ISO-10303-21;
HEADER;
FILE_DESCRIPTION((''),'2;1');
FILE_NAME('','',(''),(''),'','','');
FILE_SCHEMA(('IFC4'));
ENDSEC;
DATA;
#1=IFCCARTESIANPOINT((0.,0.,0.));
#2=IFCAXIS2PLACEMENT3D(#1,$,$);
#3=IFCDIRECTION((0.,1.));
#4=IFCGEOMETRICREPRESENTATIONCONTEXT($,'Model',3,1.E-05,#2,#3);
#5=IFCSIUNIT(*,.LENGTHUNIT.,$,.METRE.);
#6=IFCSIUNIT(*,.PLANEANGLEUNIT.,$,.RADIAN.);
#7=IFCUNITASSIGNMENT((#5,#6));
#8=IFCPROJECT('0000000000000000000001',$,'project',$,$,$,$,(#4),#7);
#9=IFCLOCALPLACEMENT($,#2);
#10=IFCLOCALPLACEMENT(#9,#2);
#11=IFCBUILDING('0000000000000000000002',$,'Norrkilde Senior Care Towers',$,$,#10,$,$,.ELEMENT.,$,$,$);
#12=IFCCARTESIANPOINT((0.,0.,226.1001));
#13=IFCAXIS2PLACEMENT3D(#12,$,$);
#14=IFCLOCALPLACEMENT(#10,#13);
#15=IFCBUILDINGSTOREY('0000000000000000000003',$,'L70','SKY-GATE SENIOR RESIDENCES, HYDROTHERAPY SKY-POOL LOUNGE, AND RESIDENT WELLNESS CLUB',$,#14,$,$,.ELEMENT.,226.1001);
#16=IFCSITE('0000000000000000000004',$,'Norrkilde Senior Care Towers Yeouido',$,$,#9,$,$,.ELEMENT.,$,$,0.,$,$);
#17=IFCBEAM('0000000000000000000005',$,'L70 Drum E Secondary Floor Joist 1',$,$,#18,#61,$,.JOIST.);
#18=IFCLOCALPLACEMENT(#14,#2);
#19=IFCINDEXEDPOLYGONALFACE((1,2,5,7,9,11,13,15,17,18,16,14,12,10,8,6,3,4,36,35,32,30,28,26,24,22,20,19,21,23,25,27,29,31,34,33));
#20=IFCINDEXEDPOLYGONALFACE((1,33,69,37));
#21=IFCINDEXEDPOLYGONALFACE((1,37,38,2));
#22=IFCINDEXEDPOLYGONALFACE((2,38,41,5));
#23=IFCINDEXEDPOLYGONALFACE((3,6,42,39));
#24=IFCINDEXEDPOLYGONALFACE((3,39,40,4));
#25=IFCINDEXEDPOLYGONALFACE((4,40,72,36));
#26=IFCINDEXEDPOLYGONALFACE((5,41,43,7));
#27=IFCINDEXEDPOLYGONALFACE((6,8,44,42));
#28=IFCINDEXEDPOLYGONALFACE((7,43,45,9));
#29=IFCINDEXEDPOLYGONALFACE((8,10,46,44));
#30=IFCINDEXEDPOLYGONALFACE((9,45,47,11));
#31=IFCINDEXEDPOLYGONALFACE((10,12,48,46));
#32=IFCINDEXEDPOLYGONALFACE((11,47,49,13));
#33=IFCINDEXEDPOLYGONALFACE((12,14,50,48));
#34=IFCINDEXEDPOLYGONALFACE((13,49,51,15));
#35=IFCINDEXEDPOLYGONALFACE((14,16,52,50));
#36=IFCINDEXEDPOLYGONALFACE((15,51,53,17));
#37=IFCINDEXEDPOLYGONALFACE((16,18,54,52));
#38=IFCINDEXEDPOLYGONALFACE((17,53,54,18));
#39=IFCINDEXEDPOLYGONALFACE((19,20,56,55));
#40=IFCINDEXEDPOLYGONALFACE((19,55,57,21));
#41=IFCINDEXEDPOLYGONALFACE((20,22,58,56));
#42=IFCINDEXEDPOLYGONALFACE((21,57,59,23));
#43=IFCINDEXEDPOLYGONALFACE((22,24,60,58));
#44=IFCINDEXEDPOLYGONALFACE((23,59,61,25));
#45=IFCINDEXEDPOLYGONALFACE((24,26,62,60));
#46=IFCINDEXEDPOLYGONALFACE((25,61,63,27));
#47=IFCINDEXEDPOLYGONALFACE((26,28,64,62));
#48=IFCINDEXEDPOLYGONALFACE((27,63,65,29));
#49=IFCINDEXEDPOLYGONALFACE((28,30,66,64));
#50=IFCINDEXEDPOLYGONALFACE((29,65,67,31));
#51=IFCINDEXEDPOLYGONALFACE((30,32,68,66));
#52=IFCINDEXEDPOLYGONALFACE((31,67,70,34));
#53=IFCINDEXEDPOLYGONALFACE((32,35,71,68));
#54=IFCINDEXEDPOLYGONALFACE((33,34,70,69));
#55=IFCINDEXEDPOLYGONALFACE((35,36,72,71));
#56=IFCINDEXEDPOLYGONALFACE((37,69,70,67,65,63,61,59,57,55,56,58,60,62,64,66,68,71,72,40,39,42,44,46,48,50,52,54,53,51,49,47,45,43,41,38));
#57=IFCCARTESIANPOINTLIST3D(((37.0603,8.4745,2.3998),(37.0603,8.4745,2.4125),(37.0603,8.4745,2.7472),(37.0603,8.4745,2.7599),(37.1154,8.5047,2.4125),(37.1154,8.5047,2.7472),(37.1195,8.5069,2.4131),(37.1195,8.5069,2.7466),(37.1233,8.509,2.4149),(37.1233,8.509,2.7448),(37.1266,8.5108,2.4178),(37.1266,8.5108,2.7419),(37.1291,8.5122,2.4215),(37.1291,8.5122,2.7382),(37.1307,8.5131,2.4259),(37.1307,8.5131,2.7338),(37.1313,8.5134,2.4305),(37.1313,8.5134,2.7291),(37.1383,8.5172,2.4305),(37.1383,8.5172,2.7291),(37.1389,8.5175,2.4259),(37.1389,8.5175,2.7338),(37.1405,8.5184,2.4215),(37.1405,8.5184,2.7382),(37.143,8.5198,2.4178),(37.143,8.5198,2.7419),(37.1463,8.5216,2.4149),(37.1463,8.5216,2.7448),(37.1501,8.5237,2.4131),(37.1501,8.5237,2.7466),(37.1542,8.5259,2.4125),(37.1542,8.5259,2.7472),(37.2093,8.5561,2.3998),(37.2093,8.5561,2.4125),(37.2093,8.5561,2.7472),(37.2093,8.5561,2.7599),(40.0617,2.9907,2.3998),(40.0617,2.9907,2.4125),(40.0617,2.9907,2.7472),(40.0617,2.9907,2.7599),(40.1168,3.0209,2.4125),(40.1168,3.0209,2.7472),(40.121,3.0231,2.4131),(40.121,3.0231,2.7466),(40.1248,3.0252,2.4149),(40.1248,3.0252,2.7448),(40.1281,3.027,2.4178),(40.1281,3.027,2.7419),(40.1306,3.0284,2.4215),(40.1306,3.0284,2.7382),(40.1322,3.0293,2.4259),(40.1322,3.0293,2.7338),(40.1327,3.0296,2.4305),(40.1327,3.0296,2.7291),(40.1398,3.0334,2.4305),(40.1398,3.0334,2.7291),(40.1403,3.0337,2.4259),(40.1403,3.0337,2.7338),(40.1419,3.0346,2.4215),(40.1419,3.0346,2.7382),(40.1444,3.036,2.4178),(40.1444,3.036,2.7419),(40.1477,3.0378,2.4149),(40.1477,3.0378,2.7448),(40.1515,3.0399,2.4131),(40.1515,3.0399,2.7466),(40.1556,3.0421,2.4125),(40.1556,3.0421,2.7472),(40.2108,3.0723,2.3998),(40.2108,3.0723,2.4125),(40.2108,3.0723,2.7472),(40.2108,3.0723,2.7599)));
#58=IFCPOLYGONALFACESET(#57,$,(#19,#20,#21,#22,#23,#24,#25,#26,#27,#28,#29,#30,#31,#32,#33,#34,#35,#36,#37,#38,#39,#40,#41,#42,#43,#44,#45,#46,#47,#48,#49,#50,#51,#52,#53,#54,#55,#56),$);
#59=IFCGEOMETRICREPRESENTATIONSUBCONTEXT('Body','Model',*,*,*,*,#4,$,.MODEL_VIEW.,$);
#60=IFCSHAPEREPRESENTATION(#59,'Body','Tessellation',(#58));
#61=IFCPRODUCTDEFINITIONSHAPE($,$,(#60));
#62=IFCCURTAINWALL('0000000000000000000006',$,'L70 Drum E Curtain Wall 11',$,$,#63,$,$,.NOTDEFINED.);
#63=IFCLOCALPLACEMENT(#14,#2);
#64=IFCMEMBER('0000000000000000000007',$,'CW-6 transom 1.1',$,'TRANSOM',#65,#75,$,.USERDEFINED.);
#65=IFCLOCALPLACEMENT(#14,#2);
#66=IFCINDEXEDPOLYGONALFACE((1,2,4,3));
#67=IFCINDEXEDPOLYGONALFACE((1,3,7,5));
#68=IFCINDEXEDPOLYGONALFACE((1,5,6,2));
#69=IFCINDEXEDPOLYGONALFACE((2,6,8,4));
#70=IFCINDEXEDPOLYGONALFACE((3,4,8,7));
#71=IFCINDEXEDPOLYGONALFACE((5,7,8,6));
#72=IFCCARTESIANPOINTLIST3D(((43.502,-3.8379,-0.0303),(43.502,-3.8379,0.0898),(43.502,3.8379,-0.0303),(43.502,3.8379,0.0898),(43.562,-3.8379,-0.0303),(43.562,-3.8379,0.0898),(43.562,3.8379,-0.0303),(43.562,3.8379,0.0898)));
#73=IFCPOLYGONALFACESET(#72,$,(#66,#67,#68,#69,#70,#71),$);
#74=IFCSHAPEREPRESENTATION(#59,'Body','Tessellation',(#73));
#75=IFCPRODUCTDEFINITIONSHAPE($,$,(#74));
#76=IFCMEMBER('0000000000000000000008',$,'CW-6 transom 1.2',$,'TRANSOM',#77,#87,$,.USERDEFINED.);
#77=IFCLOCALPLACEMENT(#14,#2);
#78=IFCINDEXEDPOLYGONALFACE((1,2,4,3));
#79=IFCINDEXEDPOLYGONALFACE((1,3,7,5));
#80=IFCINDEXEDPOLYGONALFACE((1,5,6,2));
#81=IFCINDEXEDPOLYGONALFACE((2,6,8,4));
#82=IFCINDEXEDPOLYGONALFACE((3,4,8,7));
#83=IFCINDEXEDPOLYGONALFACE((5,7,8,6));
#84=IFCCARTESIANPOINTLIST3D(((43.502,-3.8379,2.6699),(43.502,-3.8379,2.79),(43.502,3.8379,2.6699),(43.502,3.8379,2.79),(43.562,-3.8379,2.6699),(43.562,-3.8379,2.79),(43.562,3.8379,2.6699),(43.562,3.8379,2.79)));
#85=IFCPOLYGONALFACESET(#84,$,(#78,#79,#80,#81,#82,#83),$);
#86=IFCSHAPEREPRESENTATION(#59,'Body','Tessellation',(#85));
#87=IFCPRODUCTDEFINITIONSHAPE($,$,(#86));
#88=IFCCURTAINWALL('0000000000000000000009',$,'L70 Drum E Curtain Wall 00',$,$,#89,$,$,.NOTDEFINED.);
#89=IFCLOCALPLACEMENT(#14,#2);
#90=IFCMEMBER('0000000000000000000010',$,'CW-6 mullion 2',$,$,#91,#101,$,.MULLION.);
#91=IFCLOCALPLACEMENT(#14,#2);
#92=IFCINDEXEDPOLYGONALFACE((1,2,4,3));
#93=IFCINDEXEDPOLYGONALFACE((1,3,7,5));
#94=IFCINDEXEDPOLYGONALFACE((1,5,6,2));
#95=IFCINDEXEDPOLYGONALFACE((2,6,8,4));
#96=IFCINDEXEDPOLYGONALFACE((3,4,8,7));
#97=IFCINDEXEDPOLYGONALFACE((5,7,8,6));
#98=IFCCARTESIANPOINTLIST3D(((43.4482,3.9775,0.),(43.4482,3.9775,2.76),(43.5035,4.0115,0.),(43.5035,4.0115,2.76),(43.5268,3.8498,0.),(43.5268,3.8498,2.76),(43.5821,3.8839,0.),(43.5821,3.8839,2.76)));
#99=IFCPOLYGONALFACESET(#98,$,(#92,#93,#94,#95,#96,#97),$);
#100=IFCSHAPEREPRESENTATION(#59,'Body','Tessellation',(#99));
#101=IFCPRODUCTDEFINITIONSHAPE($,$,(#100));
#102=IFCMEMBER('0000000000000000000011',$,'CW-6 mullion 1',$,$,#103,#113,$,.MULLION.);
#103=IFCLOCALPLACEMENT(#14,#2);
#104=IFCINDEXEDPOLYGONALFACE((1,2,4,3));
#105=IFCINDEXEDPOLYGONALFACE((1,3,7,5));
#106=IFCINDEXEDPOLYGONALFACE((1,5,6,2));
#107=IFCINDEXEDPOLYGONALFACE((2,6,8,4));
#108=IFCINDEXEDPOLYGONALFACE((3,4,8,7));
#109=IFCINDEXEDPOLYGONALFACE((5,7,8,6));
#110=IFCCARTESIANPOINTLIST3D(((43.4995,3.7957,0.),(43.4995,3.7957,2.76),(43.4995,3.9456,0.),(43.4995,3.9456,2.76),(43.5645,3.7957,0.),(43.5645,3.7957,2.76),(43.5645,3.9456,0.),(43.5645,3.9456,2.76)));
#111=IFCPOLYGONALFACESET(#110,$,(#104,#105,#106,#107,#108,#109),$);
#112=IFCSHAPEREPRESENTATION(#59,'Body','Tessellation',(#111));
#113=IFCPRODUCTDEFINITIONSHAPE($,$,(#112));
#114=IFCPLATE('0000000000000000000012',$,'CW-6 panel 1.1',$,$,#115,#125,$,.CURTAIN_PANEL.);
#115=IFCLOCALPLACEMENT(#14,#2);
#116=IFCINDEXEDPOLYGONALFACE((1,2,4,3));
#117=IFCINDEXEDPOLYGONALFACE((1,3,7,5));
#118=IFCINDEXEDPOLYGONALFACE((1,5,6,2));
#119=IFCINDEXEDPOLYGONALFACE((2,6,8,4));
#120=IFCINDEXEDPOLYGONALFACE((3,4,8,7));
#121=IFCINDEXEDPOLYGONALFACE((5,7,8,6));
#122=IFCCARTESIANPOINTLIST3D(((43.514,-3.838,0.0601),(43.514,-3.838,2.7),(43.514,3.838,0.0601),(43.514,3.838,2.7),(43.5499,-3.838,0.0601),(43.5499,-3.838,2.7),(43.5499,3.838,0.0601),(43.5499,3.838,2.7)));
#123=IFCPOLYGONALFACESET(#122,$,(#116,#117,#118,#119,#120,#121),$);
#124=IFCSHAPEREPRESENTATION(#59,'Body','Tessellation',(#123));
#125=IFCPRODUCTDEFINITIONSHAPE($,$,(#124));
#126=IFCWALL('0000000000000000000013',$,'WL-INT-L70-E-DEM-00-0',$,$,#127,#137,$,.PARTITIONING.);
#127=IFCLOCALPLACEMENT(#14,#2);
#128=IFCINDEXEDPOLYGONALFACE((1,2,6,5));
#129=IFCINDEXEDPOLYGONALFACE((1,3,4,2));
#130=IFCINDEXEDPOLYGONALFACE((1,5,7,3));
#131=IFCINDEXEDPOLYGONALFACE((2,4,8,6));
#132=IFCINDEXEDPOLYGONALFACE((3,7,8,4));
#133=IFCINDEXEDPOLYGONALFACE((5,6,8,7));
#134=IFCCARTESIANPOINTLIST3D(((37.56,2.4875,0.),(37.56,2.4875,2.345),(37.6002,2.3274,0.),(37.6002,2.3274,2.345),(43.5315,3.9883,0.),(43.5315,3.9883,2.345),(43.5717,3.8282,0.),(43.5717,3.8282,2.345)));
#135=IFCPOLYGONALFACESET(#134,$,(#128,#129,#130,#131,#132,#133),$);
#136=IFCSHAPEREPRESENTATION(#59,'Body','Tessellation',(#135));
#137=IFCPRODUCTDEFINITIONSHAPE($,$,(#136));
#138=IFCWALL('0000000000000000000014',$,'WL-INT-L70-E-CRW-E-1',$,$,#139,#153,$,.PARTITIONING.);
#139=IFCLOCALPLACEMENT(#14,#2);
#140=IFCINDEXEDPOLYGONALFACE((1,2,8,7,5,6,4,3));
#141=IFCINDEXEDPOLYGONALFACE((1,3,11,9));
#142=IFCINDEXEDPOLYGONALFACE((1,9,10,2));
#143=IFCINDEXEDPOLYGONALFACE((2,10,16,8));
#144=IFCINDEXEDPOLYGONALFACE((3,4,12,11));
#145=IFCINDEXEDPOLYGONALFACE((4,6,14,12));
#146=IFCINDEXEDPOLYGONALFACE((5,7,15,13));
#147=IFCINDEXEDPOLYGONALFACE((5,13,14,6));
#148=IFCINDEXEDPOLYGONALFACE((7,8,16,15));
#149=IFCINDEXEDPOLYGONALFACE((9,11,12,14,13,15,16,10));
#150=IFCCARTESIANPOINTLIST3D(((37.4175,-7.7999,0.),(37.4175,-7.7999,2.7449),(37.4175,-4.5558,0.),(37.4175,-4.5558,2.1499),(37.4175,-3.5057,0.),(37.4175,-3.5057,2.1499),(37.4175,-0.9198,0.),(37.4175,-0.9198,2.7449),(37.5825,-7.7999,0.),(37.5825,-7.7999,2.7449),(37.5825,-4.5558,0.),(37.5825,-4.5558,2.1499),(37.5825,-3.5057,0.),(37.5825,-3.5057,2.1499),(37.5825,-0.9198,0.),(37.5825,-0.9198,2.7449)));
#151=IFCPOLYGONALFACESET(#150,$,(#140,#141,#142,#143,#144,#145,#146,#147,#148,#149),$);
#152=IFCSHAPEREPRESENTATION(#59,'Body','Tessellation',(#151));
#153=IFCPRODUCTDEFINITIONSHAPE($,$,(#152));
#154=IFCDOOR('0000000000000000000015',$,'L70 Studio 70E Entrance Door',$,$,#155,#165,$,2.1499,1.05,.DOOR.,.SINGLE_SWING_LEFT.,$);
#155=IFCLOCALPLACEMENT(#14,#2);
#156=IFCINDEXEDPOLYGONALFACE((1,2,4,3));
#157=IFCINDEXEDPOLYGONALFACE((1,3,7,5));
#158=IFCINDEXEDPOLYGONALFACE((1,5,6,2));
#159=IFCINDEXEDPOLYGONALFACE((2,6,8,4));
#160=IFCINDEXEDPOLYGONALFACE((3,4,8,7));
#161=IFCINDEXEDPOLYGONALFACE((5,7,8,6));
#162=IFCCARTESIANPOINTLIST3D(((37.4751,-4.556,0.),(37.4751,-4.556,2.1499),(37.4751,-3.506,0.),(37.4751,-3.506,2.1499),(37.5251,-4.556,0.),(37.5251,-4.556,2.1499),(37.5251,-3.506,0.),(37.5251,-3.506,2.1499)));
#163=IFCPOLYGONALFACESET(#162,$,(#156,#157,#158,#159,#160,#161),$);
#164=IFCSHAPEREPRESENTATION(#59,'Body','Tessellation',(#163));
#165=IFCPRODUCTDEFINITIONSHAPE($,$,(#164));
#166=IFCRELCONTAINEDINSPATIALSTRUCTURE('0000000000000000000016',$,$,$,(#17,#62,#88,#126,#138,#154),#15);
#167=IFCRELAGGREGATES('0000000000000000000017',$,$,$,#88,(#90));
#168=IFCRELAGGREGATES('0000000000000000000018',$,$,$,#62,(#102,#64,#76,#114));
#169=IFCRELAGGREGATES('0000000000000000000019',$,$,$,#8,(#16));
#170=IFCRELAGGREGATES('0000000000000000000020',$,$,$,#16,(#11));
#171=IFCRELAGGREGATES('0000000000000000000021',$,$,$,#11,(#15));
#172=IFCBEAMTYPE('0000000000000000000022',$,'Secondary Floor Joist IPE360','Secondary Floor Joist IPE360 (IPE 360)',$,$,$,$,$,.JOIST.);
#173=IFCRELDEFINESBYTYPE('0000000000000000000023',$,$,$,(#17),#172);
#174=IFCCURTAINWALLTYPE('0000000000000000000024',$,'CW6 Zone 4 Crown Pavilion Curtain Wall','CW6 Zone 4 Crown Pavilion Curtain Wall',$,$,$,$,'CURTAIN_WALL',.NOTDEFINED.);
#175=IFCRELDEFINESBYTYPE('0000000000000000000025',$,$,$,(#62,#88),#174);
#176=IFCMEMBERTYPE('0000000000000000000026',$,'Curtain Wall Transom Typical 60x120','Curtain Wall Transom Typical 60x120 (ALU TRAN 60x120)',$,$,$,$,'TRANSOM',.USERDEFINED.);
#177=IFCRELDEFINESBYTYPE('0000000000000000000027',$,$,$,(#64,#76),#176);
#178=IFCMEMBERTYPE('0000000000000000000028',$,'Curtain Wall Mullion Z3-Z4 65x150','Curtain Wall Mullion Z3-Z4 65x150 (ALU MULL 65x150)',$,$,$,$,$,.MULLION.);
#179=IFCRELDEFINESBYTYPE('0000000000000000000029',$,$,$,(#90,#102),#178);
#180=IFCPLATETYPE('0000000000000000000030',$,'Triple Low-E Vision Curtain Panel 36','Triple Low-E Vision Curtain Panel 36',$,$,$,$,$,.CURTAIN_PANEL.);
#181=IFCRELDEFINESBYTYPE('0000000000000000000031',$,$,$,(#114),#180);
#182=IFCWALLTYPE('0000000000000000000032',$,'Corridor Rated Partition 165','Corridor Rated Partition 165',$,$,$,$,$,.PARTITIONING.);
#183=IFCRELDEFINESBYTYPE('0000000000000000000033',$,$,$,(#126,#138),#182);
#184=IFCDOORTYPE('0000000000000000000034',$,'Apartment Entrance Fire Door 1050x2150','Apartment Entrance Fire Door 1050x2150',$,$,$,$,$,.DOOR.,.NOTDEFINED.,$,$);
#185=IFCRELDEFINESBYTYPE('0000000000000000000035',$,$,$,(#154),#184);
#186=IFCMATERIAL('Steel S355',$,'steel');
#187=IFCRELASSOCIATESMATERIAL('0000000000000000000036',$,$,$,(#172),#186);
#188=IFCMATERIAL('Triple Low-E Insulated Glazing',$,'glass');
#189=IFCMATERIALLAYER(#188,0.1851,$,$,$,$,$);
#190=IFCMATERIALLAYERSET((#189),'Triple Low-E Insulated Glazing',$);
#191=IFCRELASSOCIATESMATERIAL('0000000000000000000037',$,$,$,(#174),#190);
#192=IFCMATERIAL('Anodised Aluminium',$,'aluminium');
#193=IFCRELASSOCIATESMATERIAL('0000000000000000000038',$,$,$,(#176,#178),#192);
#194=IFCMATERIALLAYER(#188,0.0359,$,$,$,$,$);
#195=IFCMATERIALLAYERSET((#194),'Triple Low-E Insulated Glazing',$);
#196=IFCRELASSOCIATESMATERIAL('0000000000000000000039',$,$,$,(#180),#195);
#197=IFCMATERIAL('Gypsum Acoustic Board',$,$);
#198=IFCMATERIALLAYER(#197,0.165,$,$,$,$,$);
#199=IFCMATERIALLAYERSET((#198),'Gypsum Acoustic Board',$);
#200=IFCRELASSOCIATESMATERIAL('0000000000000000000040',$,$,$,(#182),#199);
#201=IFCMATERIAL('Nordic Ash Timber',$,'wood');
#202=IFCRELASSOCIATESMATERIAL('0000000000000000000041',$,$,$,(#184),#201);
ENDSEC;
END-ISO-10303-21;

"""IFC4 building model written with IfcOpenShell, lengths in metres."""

from ifc_helpers import new_model, si_unit, direction, frame, frame_2d, origin, origin_2d, place, context, subcontext, project, spatial, rectangle, i_section, extrude, source, transform, mapped, material, layer, layer_set, material_profile, profile_set, type_object, type_shapes, element, fill, aggregate, save


model = new_model("IFC4")

# Units and contexts
model_context = context("Model", 3, precision=1e-05, world=origin(), true_north=direction((0.0, 1.0)))
body_context = subcontext(model_context, "Body", "Model", "MODEL_VIEW")
ifc_project = project(units=[si_unit("LENGTHUNIT", "METRE"), si_unit("PLANEANGLEUNIT", "RADIAN")], contexts=[model_context])

# Site, building, storey
site_placement = place(None, origin())
site = spatial("IfcSite", under=ifc_project, at=site_placement, Name="Norrkilde Senior Care Towers Yeouido", CompositionType="ELEMENT", RefElevation=0.0)
building_placement = place(site_placement, origin())
building = spatial("IfcBuilding", under=site, at=building_placement, Name="Norrkilde Senior Care Towers", CompositionType="ELEMENT")
storey_placement = place(building_placement, frame((0.0, 0.0, 226.1001)))
storey = spatial("IfcBuildingStorey", under=building, at=storey_placement, Name="L70", Description="SKY-GATE SENIOR RESIDENCES, HYDROTHERAPY SKY-POOL LOUNGE, AND RESIDENT WELLNESS CLUB", CompositionType="ELEMENT", Elevation=226.1001)

# Beam
ifc_material_1 = material(Name="Steel S355", Category="steel")
ifc_material_profile_1 = material_profile(ifc_material_1, i_section(OverallWidth=0.1699, OverallDepth=0.3601, WebThickness=0.0081, FlangeThickness=0.0127, FilletRadius=0.0181, at=origin_2d()), Name="IPE 360")
ifc_profile_set_1 = profile_set([ifc_material_profile_1], Name="Steel S355")
beam_type_1 = type_object("IfcBeamType", Name="Secondary Floor Joist IPE360", Description="Secondary Floor Joist IPE360 (IPE 360)", PredefinedType="JOIST", material=ifc_profile_set_1)
shared_shape_1 = source(origin(), body_context, "Body", "SweptSolid", [
    extrude(i_section(OverallWidth=0.1699, OverallDepth=0.3601, WebThickness=0.0081, FlangeThickness=0.0127, FilletRadius=0.0181, at=origin_2d()), origin(), (0.0, 0.0, 1.0), 6.2515),
])
type_shapes(beam_type_1, [shared_shape_1])
beam_1_placement = place(storey_placement, frame((40.1362, 3.0315, 2.5798), z_axis=(-0.480116, 0.877205, 0.0), x_axis=(-0.877205, -0.480116, 0.0)))
element("IfcBeam", 1, at=beam_1_placement, inside=storey, type_object=beam_type_1, Name="L70 Drum E Secondary Floor Joist 1", PredefinedType="JOIST", context=body_context, shape_type="MappedRepresentation", body=[
    mapped(shared_shape_1, transform((0.0, 0.0, 0.0), x_axis=(1.0, 0.0, 0.0), y_axis=(0.0, 1.0, 0.0), z_axis=(0.0, 0.0, 1.0), scale=1.0)),
])

# Curtain wall, members
ifc_material_2 = material(Name="Triple Low-E Insulated Glazing", Category="glass")
ifc_layer_1 = layer(ifc_material_2, 0.1851)
ifc_layer_set_1 = layer_set([ifc_layer_1], Name="Triple Low-E Insulated Glazing")
curtain_wall_type = type_object("IfcCurtainWallType", Name="CW6 Zone 4 Crown Pavilion Curtain Wall", Description="CW6 Zone 4 Crown Pavilion Curtain Wall", ElementType="CURTAIN_WALL", PredefinedType="NOTDEFINED", material=ifc_layer_set_1)
curtain_wall_1_placement = place(storey_placement, origin())
curtain_wall_1 = element("IfcCurtainWall", 2, at=curtain_wall_1_placement, inside=storey, type_object=curtain_wall_type, Name="L70 Drum E Curtain Wall 11", PredefinedType="NOTDEFINED")
ifc_material_3 = material(Name="Anodised Aluminium", Category="aluminium")
ifc_material_profile_2 = material_profile(ifc_material_3, rectangle(XDim=0.0601, YDim=0.1201, at=origin_2d()), Name="ALU TRAN 60x120")
ifc_profile_set_2 = profile_set([ifc_material_profile_2], Name="Anodised Aluminium")
member_type_1 = type_object("IfcMemberType", Name="Curtain Wall Transom Typical 60x120", Description="Curtain Wall Transom Typical 60x120 (ALU TRAN 60x120)", ElementType="TRANSOM", PredefinedType="USERDEFINED", material=ifc_profile_set_2)
shared_shape_2 = source(origin(), body_context, "Body", "SweptSolid", [
    extrude(rectangle(XDim=0.0601, YDim=0.1201, at=origin_2d()), origin(), (0.0, 0.0, 1.0), 7.6758),
])
type_shapes(member_type_1, [shared_shape_2])
member_1_placement = place(storey_placement, frame((43.532, 3.8379, 0.0298), z_axis=(0.0, -1.0, 0.0), x_axis=(1.0, 0.0, 0.0)))
member_1 = element("IfcMember", 3, at=member_1_placement, type_object=member_type_1, Name="CW-6 transom 1.1", ObjectType="TRANSOM", PredefinedType="USERDEFINED", context=body_context, shape_type="MappedRepresentation", body=[
    mapped(shared_shape_2, transform((0.0, 0.0, 0.0), x_axis=(1.0, 0.0, 0.0), y_axis=(0.0, 1.0, 0.0), z_axis=(0.0, 0.0, 1.0), scale=1.0)),
])
member_2_placement = place(storey_placement, frame((43.532, 3.8379, 2.73), z_axis=(0.0, -1.0, 0.0), x_axis=(1.0, 0.0, 0.0)))
member_2 = element("IfcMember", 4, at=member_2_placement, type_object=member_type_1, Name="CW-6 transom 1.2", ObjectType="TRANSOM", PredefinedType="USERDEFINED", context=body_context, shape_type="MappedRepresentation", body=[
    mapped(shared_shape_2, transform((0.0, 0.0, 0.0), x_axis=(1.0, 0.0, 0.0), y_axis=(0.0, 1.0, 0.0), z_axis=(0.0, 0.0, 1.0), scale=1.0)),
])

# Curtain wall, member
curtain_wall_2_placement = place(storey_placement, origin())
curtain_wall_2 = element("IfcCurtainWall", 5, at=curtain_wall_2_placement, inside=storey, type_object=curtain_wall_type, Name="L70 Drum E Curtain Wall 00", PredefinedType="NOTDEFINED")
ifc_material_profile_3 = material_profile(ifc_material_3, rectangle(XDim=0.0649, YDim=0.1499, at=origin_2d()), Name="ALU MULL 65x150")
ifc_profile_set_3 = profile_set([ifc_material_profile_3], Name="Anodised Aluminium")
member_type_2 = type_object("IfcMemberType", Name="Curtain Wall Mullion Z3-Z4 65x150", Description="Curtain Wall Mullion Z3-Z4 65x150 (ALU MULL 65x150)", PredefinedType="MULLION", material=ifc_profile_set_3)
shared_shape_3 = source(origin(), body_context, "Body", "SweptSolid", [
    extrude(rectangle(XDim=0.0649, YDim=0.1499, at=origin_2d()), origin(), (0.0, 0.0, 1.0), 2.76),
])
type_shapes(member_type_2, [shared_shape_3])
member_3_placement = place(storey_placement, frame((43.5151, 3.9307, 0.0), z_axis=(0.0, 0.0, 1.0), x_axis=(0.851563, 0.524253, 0.0)))
member_3 = element("IfcMember", 6, at=member_3_placement, type_object=member_type_2, Name="CW-6 mullion 2", PredefinedType="MULLION", context=body_context, shape_type="MappedRepresentation", body=[
    mapped(shared_shape_3, transform((0.0, 0.0, 0.0), x_axis=(1.0, 0.0, 0.0), y_axis=(0.0, 1.0, 0.0), z_axis=(0.0, 0.0, 1.0), scale=1.0)),
])
aggregate(curtain_wall_2, [member_3])

# Member
member_4_placement = place(storey_placement, frame((43.532, 3.8706, 0.0), z_axis=(0.0, 0.0, 1.0), x_axis=(1.0, 0.0, 0.0)))
member_4 = element("IfcMember", 7, at=member_4_placement, type_object=member_type_2, Name="CW-6 mullion 1", PredefinedType="MULLION", context=body_context, shape_type="MappedRepresentation", body=[
    mapped(shared_shape_3, transform((0.0, 0.0, 0.0), x_axis=(1.0, 0.0, 0.0), y_axis=(0.0, 1.0, 0.0), z_axis=(0.0, 0.0, 1.0), scale=1.0)),
])

# Plate
ifc_layer_2 = layer(ifc_material_2, 0.0359)
ifc_layer_set_2 = layer_set([ifc_layer_2], Name="Triple Low-E Insulated Glazing")
plate_type = type_object("IfcPlateType", Name="Triple Low-E Vision Curtain Panel 36", Description="Triple Low-E Vision Curtain Panel 36", PredefinedType="CURTAIN_PANEL", material=ifc_layer_set_2)
shared_shape_4 = source(origin(), body_context, "Body", "SweptSolid", [
    extrude(rectangle(XDim=7.676, YDim=0.0359, at=origin_2d()), origin(), (0.0, 0.0, 1.0), 2.6399),
])
type_shapes(plate_type, [shared_shape_4])
plate_placement = place(storey_placement, frame((43.532, 0.0, 0.0601), z_axis=(0.0, 0.0, 1.0), x_axis=(0.0, -1.0, 0.0)))
plate = element("IfcPlate", 8, at=plate_placement, type_object=plate_type, Name="CW-6 panel 1.1", PredefinedType="CURTAIN_PANEL", context=body_context, shape_type="MappedRepresentation", body=[
    mapped(shared_shape_4, transform((0.0, 0.0, 0.0), x_axis=(1.0, 0.0, 0.0), y_axis=(0.0, 1.0, 0.0), z_axis=(0.0, 0.0, 1.0), scale=1.0)),
])
aggregate(curtain_wall_1, [member_4, member_1, member_2, plate])

# Wall
ifc_material_4 = material(Name="Gypsum Acoustic Board")
ifc_layer_3 = layer(ifc_material_4, 0.165)
ifc_layer_set_3 = layer_set([ifc_layer_3], Name="Gypsum Acoustic Board")
wall_type_1 = type_object("IfcWallType", Name="Corridor Rated Partition 165", Description="Corridor Rated Partition 165", PredefinedType="PARTITIONING", material=ifc_layer_set_3)
shared_shape_5 = source(origin(), body_context, "Body", "SweptSolid", [
    extrude(rectangle(XDim=6.1572, YDim=0.165, at=frame_2d((3.0786, 0.0))), origin(), (0.0, 0.0, 1.0), 2.345),
])
wall_1_placement = place(storey_placement, frame((37.5801, 2.4075, 0.0), z_axis=(0.0, 0.0, 1.0), x_axis=(0.969841, 0.243739, 0.0)))
element("IfcWall", 9, at=wall_1_placement, inside=storey, type_object=wall_type_1, Name="WL-INT-L70-E-DEM-00-0", PredefinedType="PARTITIONING", context=body_context, shape_type="MappedRepresentation", body=[
    mapped(shared_shape_5, transform((0.0, 0.0, 0.0), x_axis=(1.0, 0.0, 0.0), y_axis=(0.0, 1.0, 0.0), z_axis=(0.0, 0.0, 1.0), scale=1.0)),
])

# Wall, opening, door
shared_shape_6 = source(origin(), body_context, "Body", "SweptSolid", [
    extrude(rectangle(XDim=6.8801, YDim=0.165, at=frame_2d((3.4399, 0.0))), origin(), (0.0, 0.0, 1.0), 2.7449),
])
wall_2_placement = place(storey_placement, frame((37.5, -0.9199, 0.0), z_axis=(0.0, 0.0, 1.0), x_axis=(0.0, -1.0, 0.0)))
wall_2 = element("IfcWall", 10, at=wall_2_placement, inside=storey, type_object=wall_type_1, Name="WL-INT-L70-E-CRW-E-1", PredefinedType="PARTITIONING", context=body_context, shape_type="MappedRepresentation", body=[
    mapped(shared_shape_6, transform((0.0, 0.0, 0.0), x_axis=(1.0, 0.0, 0.0), y_axis=(0.0, 1.0, 0.0), z_axis=(0.0, 0.0, 1.0), scale=1.0)),
])
opening_1_placement = place(wall_2_placement, frame((2.5859, 0.0, 0.0)))
opening_1 = element("IfcOpeningElement", 11, at=opening_1_placement, cuts=wall_2, PredefinedType="OPENING", context=body_context, shape_type="SweptSolid", body=[
    extrude(rectangle(XDim=1.05, YDim=2.1499, at=frame_2d((0.5249, 1.075))), frame((0.0, 0.0925, 0.0), z_axis=(0.0, -1.0, 0.0), x_axis=(1.0, 0.0, 0.0)), (0.0, 0.0, 1.0), 0.1851),
])
ifc_material_5 = material(Name="Nordic Ash Timber", Category="wood")
door_type_1 = type_object("IfcDoorType", Name="Apartment Entrance Fire Door 1050x2150", Description="Apartment Entrance Fire Door 1050x2150", OperationType="NOTDEFINED", PredefinedType="DOOR", material=ifc_material_5)
shared_shape_7 = source(origin(), body_context, "Body", "SweptSolid", [
    extrude(rectangle(XDim=1.05, YDim=2.1499, at=frame_2d((0.5249, 1.075))), frame((0.0, 0.0249, 0.0), z_axis=(0.0, -1.0, 0.0), x_axis=(1.0, 0.0, 0.0)), (0.0, 0.0, 1.0), 0.05),
])
type_shapes(door_type_1, [shared_shape_7])
door_1_placement = place(opening_1_placement, frame((1.05, 0.0, 0.0), z_axis=(0.0, 0.0, 1.0), x_axis=(-1.0, 0.0, 0.0)))
door_1 = element("IfcDoor", 12, at=door_1_placement, inside=storey, type_object=door_type_1, Name="L70 Studio 70E Entrance Door", OperationType="SINGLE_SWING_LEFT", OverallHeight=2.1499, OverallWidth=1.05, PredefinedType="DOOR", context=body_context, shape_type="MappedRepresentation", body=[
    mapped(shared_shape_7, transform((0.0, 0.0, 0.0), x_axis=(1.0, 0.0, 0.0), y_axis=(0.0, 1.0, 0.0), z_axis=(0.0, 0.0, 1.0), scale=1.0)),
])
fill(opening_1, door_1)

save(model, "model.ifc")
